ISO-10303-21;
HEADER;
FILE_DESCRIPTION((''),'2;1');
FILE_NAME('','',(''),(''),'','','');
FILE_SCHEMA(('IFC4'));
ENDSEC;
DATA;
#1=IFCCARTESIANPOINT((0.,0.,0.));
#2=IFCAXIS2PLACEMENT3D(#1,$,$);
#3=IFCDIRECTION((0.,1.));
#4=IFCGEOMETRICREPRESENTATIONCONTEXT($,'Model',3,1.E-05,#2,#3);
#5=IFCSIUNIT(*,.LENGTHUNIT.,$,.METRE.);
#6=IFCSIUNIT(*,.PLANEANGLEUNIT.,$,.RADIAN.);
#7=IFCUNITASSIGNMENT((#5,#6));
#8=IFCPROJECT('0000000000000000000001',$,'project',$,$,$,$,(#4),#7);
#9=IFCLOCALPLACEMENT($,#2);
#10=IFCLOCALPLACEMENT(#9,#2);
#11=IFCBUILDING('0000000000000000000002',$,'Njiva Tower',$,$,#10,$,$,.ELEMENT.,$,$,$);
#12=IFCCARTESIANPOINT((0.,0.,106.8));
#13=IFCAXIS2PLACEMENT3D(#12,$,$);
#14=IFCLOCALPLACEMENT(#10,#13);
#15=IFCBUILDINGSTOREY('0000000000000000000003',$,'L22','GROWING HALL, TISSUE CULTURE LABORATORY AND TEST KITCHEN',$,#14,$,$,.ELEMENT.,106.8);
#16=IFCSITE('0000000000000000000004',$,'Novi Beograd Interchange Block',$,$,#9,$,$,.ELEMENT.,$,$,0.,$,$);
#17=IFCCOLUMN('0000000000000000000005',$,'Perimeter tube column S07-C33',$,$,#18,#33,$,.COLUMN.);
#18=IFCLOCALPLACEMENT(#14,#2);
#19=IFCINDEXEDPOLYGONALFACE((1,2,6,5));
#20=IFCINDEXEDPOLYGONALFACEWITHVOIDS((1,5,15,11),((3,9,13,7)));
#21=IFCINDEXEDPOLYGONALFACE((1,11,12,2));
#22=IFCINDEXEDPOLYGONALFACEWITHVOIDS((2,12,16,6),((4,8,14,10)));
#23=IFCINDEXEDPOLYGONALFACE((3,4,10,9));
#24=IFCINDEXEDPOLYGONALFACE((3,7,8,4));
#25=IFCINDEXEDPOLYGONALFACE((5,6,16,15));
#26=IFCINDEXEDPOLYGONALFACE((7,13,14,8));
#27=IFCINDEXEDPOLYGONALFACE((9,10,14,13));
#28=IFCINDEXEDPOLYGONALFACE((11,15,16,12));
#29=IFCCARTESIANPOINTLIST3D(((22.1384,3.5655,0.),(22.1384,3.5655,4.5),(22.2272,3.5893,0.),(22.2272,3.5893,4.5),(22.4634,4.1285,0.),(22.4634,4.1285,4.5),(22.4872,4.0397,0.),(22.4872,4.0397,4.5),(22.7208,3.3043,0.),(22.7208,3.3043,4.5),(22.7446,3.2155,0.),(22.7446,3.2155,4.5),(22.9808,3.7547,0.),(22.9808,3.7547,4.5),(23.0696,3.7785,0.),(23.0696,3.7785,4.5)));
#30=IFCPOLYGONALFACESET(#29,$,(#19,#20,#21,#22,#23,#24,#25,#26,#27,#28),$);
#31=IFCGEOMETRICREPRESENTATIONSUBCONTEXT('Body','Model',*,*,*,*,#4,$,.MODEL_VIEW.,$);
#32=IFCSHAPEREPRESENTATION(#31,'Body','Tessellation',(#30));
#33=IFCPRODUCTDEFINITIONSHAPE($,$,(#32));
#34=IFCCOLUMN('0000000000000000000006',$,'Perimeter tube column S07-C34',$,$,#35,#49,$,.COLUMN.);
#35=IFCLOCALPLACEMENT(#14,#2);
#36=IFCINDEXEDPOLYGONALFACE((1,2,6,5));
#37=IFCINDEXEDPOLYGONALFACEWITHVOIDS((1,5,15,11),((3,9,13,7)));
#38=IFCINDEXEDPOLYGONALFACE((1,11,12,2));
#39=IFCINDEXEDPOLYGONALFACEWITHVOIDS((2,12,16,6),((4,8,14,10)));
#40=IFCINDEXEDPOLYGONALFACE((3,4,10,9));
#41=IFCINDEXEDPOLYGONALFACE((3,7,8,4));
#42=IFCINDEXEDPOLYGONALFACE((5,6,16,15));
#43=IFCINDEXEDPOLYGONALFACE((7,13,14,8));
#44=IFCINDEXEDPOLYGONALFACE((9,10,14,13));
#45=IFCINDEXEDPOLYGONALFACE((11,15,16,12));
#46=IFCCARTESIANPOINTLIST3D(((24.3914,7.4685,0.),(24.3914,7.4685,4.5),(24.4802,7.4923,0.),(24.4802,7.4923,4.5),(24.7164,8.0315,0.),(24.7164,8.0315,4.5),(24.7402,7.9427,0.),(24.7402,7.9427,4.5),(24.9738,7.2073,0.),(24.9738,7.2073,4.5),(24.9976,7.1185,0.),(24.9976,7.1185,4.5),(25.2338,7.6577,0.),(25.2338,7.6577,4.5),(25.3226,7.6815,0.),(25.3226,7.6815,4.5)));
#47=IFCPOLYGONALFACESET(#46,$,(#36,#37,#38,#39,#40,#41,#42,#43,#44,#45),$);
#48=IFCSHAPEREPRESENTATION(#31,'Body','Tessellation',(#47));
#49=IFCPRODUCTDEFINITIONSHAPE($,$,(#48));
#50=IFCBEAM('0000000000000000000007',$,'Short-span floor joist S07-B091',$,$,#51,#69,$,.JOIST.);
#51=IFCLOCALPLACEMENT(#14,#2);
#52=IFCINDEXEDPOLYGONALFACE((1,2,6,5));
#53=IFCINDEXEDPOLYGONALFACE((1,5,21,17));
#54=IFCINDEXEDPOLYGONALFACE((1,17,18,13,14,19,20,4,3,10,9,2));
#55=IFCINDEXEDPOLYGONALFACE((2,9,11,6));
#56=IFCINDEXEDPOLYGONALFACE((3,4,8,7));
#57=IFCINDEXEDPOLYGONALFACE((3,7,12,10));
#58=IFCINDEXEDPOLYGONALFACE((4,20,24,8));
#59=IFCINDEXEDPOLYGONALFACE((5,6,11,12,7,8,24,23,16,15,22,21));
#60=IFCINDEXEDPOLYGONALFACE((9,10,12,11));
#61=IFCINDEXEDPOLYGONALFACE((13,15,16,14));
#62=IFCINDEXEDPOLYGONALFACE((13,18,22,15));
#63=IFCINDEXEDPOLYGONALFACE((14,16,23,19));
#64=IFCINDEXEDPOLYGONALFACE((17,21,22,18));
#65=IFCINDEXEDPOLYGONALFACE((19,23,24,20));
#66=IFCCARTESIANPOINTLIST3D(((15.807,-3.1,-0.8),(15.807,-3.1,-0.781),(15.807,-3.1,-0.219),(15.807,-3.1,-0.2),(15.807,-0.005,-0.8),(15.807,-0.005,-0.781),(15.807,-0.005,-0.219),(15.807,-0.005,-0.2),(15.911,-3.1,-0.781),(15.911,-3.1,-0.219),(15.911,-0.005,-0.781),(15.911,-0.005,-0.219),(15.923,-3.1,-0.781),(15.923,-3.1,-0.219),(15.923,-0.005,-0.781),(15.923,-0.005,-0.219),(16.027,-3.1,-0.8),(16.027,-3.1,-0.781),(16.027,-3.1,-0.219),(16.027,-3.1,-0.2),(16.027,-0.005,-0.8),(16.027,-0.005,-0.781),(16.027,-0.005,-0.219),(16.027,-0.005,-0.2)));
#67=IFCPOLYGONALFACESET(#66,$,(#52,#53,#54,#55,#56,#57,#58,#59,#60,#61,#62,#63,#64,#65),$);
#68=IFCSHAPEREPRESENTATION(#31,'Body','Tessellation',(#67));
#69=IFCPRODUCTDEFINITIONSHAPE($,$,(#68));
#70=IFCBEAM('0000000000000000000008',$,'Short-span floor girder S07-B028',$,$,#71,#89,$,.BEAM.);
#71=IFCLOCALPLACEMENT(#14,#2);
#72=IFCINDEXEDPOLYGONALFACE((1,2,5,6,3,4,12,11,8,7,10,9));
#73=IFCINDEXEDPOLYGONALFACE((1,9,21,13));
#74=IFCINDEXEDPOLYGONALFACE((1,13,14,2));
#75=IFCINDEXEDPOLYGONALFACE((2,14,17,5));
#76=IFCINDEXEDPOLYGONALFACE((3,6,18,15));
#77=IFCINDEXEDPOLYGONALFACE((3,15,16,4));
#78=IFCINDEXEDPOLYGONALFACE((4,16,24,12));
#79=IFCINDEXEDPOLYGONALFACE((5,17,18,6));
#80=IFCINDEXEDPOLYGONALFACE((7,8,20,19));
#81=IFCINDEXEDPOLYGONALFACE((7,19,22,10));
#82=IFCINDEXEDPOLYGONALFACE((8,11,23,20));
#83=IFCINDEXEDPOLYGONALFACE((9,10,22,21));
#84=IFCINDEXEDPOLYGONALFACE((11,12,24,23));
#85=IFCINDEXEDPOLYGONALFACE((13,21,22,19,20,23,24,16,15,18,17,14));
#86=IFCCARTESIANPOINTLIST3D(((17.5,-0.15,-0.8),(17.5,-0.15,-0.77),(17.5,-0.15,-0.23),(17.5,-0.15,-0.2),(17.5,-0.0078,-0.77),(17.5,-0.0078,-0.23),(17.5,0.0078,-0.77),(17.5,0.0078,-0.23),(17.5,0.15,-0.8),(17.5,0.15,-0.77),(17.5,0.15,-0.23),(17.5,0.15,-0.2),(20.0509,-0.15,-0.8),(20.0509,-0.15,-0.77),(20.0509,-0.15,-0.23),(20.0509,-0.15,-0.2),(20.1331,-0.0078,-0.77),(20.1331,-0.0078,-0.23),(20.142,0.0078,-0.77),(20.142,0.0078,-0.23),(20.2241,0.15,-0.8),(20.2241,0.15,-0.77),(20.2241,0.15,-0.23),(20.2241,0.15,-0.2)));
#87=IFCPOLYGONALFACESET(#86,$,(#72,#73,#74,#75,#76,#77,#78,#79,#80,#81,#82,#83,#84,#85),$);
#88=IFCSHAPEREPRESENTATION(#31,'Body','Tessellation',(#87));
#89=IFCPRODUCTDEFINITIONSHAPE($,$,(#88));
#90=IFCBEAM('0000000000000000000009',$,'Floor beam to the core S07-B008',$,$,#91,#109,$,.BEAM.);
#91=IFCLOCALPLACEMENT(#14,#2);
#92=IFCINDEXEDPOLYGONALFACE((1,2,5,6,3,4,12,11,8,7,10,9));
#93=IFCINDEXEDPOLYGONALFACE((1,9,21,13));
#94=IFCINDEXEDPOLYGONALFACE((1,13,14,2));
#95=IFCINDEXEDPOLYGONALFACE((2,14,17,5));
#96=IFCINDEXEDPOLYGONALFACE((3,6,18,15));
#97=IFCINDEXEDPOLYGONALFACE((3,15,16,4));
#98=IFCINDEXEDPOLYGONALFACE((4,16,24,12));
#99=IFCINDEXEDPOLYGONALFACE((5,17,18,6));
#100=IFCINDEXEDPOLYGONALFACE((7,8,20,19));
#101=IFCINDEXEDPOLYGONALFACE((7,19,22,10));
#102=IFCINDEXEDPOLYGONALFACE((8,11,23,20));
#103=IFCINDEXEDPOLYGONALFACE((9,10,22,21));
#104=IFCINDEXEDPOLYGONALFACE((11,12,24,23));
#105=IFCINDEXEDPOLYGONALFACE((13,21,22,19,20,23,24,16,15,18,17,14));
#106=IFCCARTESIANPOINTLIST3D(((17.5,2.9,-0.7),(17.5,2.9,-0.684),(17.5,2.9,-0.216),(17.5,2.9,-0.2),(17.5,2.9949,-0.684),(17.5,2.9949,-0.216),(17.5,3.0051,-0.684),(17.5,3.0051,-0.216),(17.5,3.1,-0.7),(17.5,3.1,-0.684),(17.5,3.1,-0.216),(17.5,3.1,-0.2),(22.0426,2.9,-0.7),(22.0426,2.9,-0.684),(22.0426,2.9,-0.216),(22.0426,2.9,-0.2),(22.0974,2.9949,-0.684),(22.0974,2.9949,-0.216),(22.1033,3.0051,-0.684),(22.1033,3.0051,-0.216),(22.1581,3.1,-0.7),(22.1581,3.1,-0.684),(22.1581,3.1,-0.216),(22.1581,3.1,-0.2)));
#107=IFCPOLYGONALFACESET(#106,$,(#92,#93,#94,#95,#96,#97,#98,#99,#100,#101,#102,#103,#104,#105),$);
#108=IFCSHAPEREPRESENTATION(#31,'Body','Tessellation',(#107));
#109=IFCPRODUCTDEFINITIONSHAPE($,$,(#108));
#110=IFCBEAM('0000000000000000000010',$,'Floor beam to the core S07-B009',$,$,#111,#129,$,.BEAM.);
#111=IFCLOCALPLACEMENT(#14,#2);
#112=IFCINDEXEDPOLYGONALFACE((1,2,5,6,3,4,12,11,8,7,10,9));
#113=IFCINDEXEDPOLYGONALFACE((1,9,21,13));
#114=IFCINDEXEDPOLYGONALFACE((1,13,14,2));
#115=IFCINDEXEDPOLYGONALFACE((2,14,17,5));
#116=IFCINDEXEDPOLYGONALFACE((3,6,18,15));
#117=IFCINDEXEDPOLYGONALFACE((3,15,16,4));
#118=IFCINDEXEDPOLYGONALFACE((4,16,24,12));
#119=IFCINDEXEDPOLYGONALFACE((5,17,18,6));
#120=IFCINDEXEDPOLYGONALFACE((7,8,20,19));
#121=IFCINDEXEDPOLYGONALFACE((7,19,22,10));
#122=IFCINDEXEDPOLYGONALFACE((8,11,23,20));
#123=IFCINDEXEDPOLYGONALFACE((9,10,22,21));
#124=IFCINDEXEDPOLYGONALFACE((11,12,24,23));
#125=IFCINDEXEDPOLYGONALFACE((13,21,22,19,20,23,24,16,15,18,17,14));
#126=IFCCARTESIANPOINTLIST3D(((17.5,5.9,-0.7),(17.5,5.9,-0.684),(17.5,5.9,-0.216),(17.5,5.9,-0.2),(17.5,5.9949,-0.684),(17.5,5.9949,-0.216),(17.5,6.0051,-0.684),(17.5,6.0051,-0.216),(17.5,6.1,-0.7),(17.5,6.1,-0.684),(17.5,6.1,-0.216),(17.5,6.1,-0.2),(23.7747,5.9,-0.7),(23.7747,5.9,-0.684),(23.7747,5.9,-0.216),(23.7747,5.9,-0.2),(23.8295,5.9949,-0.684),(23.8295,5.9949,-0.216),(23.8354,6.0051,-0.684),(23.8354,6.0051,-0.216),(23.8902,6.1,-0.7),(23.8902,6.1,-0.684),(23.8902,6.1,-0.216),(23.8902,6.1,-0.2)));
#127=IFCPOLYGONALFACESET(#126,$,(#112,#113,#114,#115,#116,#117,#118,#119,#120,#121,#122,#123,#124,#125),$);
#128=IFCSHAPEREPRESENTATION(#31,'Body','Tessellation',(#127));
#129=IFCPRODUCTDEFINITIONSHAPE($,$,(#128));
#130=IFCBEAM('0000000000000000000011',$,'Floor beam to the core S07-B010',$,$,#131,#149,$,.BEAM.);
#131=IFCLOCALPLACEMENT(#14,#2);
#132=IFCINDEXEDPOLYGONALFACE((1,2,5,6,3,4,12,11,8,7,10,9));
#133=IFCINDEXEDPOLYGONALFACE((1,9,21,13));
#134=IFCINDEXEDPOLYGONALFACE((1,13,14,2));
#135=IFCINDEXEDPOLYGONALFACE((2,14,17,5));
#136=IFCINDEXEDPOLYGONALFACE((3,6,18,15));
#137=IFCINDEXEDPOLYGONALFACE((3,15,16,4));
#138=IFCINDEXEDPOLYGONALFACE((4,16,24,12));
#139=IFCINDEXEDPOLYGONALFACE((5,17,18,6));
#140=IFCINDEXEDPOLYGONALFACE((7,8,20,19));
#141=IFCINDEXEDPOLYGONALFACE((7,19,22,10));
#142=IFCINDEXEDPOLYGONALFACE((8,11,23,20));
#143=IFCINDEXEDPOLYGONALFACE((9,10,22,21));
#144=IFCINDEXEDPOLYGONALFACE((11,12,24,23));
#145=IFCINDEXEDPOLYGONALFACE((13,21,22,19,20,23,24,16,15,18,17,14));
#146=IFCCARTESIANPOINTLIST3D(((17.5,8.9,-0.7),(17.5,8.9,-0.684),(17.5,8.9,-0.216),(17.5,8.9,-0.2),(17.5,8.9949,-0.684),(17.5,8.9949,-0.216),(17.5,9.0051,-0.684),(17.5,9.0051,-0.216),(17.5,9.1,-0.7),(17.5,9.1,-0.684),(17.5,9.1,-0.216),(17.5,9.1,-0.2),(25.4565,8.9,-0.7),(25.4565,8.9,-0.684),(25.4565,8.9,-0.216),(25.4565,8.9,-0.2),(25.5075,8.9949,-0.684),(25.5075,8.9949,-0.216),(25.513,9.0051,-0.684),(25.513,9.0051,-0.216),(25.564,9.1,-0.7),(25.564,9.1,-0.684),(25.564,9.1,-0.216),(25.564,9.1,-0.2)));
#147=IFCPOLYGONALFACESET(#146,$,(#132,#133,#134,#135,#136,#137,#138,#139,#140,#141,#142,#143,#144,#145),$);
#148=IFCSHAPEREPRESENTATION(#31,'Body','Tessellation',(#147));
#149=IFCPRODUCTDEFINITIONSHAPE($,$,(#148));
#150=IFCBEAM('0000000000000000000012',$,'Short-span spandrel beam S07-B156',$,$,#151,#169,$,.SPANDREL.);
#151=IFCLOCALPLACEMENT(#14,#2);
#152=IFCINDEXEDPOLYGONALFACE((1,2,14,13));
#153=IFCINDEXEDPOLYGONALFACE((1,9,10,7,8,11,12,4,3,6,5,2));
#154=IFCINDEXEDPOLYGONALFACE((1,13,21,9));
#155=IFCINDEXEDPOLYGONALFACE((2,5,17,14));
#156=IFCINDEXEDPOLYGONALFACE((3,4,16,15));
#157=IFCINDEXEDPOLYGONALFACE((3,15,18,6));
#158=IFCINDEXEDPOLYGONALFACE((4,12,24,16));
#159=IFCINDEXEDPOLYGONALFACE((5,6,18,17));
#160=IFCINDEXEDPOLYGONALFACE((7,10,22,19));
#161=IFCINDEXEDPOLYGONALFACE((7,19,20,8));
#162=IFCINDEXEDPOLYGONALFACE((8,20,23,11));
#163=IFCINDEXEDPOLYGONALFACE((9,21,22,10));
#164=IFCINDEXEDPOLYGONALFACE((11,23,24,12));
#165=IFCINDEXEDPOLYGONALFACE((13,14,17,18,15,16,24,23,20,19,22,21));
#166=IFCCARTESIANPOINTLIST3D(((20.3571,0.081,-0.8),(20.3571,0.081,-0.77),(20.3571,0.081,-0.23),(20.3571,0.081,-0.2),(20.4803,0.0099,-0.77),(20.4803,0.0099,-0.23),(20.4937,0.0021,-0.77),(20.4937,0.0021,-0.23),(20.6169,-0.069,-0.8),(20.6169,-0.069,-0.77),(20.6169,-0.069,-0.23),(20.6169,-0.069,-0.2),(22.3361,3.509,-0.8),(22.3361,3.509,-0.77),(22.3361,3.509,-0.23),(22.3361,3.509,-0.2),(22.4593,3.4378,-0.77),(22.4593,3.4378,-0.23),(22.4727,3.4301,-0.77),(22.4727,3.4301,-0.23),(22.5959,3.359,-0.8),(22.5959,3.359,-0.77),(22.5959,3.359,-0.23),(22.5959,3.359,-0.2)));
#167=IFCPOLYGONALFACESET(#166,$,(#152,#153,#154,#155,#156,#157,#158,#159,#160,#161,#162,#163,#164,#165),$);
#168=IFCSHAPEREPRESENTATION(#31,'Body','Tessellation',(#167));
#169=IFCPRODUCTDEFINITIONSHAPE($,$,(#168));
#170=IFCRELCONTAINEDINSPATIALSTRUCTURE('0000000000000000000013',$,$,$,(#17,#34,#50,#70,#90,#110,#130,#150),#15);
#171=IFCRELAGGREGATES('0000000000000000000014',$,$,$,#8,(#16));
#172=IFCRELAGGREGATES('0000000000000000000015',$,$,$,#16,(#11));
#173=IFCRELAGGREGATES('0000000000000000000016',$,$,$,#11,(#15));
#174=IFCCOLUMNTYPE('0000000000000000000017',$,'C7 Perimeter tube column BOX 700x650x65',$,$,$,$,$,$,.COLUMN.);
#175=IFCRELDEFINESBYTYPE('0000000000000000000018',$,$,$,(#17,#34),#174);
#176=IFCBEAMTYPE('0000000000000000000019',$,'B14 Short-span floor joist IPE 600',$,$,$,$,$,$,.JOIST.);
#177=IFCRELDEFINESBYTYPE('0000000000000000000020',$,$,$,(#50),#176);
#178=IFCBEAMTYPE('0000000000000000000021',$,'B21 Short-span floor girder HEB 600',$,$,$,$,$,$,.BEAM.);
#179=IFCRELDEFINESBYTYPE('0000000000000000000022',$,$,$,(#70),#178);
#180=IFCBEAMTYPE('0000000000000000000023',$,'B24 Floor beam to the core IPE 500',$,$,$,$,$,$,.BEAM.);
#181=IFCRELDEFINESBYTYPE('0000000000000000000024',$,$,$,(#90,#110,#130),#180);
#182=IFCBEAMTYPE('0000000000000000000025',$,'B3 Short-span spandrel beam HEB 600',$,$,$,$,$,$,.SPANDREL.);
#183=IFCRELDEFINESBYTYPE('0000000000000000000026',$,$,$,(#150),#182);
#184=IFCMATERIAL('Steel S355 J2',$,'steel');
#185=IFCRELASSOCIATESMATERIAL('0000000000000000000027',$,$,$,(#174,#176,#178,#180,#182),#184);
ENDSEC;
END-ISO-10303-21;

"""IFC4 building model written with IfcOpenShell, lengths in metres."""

from ifc_helpers import new_model, si_unit, direction, frame, origin, origin_2d, place, context, subcontext, project, spatial, hollow_rectangle, i_section, extrude, clip, halfspace, material, material_profile, profile_set, type_object, element, save


model = new_model("IFC4")

# Units and contexts
model_context = context("Model", 3, precision=1e-05, world=origin(), true_north=direction((0.0, 1.0)))
body_context = subcontext(model_context, "Body", "Model", "MODEL_VIEW")
ifc_project = project(units=[si_unit("LENGTHUNIT", "METRE"), si_unit("PLANEANGLEUNIT", "RADIAN")], contexts=[model_context])

# Site, building, storey
site_placement = place(None, origin())
site = spatial("IfcSite", under=ifc_project, at=site_placement, Name="Novi Beograd Interchange Block", CompositionType="ELEMENT", RefElevation=0.0)
building_placement = place(site_placement, origin())
building = spatial("IfcBuilding", under=site, at=building_placement, Name="Njiva Tower", CompositionType="ELEMENT")
storey_placement = place(building_placement, frame((0.0, 0.0, 106.8)))
storey = spatial("IfcBuildingStorey", under=building, at=storey_placement, Name="L22", Description="GROWING HALL, TISSUE CULTURE LABORATORY AND TEST KITCHEN", CompositionType="ELEMENT", Elevation=106.8)

# Columns
ifc_material_1 = material(Name="Steel S355 J2", Category="steel")
ifc_material_profile_1 = material_profile(ifc_material_1, hollow_rectangle(XDim=0.65, YDim=0.7, WallThickness=0.065, at=origin_2d()), Name="BOX 700x650x65")
ifc_profile_set_1 = profile_set([ifc_material_profile_1], Name="Steel S355 J2")
column_type = type_object("IfcColumnType", Name="C7 Perimeter tube column BOX 700x650x65", PredefinedType="COLUMN", material=ifc_profile_set_1)
for number, where, z_axis, x_axis, name in (
    (1, (22.604, 3.672, 0.0), (0.0, 0.0, 1.0), (0.5, 0.866025, 0.0), "Perimeter tube column S07-C33"),
    (2, (24.857, 7.575, 0.0), (0.0, 0.0, 1.0), (0.5, 0.866025, 0.0), "Perimeter tube column S07-C34"),
):
    element("IfcColumn", number, at=place(storey_placement, frame(where, z_axis=z_axis, x_axis=x_axis)), inside=storey, type_object=column_type, Name=name, PredefinedType="COLUMN", context=body_context, shape_type="SweptSolid", body=[
        extrude(hollow_rectangle(XDim=0.65, YDim=0.7, WallThickness=0.065, at=origin_2d()), origin(), (0.0, 0.0, 1.0), 4.5),
    ])

# Beams
ifc_material_profile_2 = material_profile(ifc_material_1, i_section(OverallWidth=0.22, OverallDepth=0.6, WebThickness=0.012, FlangeThickness=0.019, at=origin_2d()), Name="IPE 600")
ifc_profile_set_2 = profile_set([ifc_material_profile_2], Name="Steel S355 J2")
beam_type_1 = type_object("IfcBeamType", Name="B14 Short-span floor joist IPE 600", PredefinedType="JOIST", material=ifc_profile_set_2)
beam_1_placement = place(storey_placement, frame((15.917, -0.005, -0.5), z_axis=(0.0, -1.0, 0.0), x_axis=(1.0, 0.0, 0.0)))
element("IfcBeam", 3, at=beam_1_placement, inside=storey, type_object=beam_type_1, Name="Short-span floor joist S07-B091", PredefinedType="JOIST", context=body_context, shape_type="SweptSolid", body=[
    extrude(i_section(OverallWidth=0.22, OverallDepth=0.6, WebThickness=0.012, FlangeThickness=0.019, at=origin_2d()), origin(), (0.0, 0.0, 1.0), 3.095),
])
ifc_material_profile_3 = material_profile(ifc_material_1, i_section(OverallWidth=0.3, OverallDepth=0.6, WebThickness=0.0155, FlangeThickness=0.03, at=origin_2d()), Name="HEB 600")
ifc_profile_set_3 = profile_set([ifc_material_profile_3], Name="Steel S355 J2")
beam_type_2 = type_object("IfcBeamType", Name="B21 Short-span floor girder HEB 600", PredefinedType="BEAM", material=ifc_profile_set_3)
beam_2_placement = place(storey_placement, frame((17.5, 0.0, -0.5), z_axis=(1.0, 0.0, 0.0), x_axis=(0.0, 1.0, 0.0)))
element("IfcBeam", 4, at=beam_2_placement, inside=storey, type_object=beam_type_2, Name="Short-span floor girder S07-B028", PredefinedType="BEAM", context=body_context, shape_type="Clipping", body=[
    clip(extrude(i_section(OverallWidth=0.3, OverallDepth=0.6, WebThickness=0.0155, FlangeThickness=0.03, at=origin_2d()), origin(), (0.0, 0.0, 1.0), 2.745), halfspace(frame((-0.025, 0.0, 2.6231), z_axis=(-0.499998, 0.0, 0.866027), x_axis=(0.0, 1.0, 0.0)), False)),
])
ifc_material_profile_4 = material_profile(ifc_material_1, i_section(OverallWidth=0.2, OverallDepth=0.5, WebThickness=0.0102, FlangeThickness=0.016, at=origin_2d()), Name="IPE 500")
ifc_profile_set_4 = profile_set([ifc_material_profile_4], Name="Steel S355 J2")
beam_type_3 = type_object("IfcBeamType", Name="B24 Floor beam to the core IPE 500", PredefinedType="BEAM", material=ifc_profile_set_4)
beam_3_placement = place(storey_placement, frame((17.5, 3.0, -0.45), z_axis=(1.0, 0.0, 0.0), x_axis=(0.0, 1.0, 0.0)))
element("IfcBeam", 5, at=beam_3_placement, inside=storey, type_object=beam_type_3, Name="Floor beam to the core S07-B008", PredefinedType="BEAM", context=body_context, shape_type="Clipping", body=[
    clip(extrude(i_section(OverallWidth=0.2, OverallDepth=0.5, WebThickness=0.0102, FlangeThickness=0.016, at=origin_2d()), origin(), (0.0, 0.0, 1.0), 4.678), halfspace(frame((-0.025, 0.0, 4.5859), z_axis=(-0.499998, 0.0, 0.866027), x_axis=(0.0, 1.0, 0.0)), False)),
])
beam_4_placement = place(storey_placement, frame((17.5, 6.0, -0.45), z_axis=(1.0, 0.0, 0.0), x_axis=(0.0, 1.0, 0.0)))
element("IfcBeam", 6, at=beam_4_placement, inside=storey, type_object=beam_type_3, Name="Floor beam to the core S07-B009", PredefinedType="BEAM", context=body_context, shape_type="Clipping", body=[
    clip(extrude(i_section(OverallWidth=0.2, OverallDepth=0.5, WebThickness=0.0102, FlangeThickness=0.016, at=origin_2d()), origin(), (0.0, 0.0, 1.0), 6.41), halfspace(frame((-0.025, 0.0, 6.318), z_axis=(-0.499998, 0.0, 0.866027), x_axis=(0.0, 1.0, 0.0)), False)),
])
beam_5_placement = place(storey_placement, frame((17.5, 9.0, -0.45), z_axis=(1.0, 0.0, 0.0), x_axis=(0.0, 1.0, 0.0)))
element("IfcBeam", 7, at=beam_5_placement, inside=storey, type_object=beam_type_3, Name="Floor beam to the core S07-B010", PredefinedType="BEAM", context=body_context, shape_type="Clipping", body=[
    clip(extrude(i_section(OverallWidth=0.2, OverallDepth=0.5, WebThickness=0.0102, FlangeThickness=0.016, at=origin_2d()), origin(), (0.0, 0.0, 1.0), 8.084), halfspace(frame((-0.0237, 0.0, 7.9975), z_axis=(-0.473769, 0.0, 0.880649), x_axis=(0.0, 1.0, 0.0)), False)),
])
ifc_material_profile_5 = material_profile(ifc_material_1, i_section(OverallWidth=0.3, OverallDepth=0.6, WebThickness=0.0155, FlangeThickness=0.03, at=origin_2d()), Name="HEB 600")
ifc_profile_set_5 = profile_set([ifc_material_profile_5], Name="Steel S355 J2")
beam_type_4 = type_object("IfcBeamType", Name="B3 Short-span spandrel beam HEB 600", PredefinedType="SPANDREL", material=ifc_profile_set_5)
beam_6_placement = place(storey_placement, frame((20.487, 0.006, -0.5), z_axis=(0.49997, 0.866043, 0.0), x_axis=(-0.866043, 0.49997, 0.0)))
element("IfcBeam", 8, at=beam_6_placement, inside=storey, type_object=beam_type_4, Name="Short-span spandrel beam S07-B156", PredefinedType="SPANDREL", context=body_context, shape_type="SweptSolid", body=[
    extrude(i_section(OverallWidth=0.3, OverallDepth=0.6, WebThickness=0.0155, FlangeThickness=0.03, at=origin_2d()), origin(), (0.0, 0.0, 1.0), 3.9582),
])

save(model, "model.ifc")
